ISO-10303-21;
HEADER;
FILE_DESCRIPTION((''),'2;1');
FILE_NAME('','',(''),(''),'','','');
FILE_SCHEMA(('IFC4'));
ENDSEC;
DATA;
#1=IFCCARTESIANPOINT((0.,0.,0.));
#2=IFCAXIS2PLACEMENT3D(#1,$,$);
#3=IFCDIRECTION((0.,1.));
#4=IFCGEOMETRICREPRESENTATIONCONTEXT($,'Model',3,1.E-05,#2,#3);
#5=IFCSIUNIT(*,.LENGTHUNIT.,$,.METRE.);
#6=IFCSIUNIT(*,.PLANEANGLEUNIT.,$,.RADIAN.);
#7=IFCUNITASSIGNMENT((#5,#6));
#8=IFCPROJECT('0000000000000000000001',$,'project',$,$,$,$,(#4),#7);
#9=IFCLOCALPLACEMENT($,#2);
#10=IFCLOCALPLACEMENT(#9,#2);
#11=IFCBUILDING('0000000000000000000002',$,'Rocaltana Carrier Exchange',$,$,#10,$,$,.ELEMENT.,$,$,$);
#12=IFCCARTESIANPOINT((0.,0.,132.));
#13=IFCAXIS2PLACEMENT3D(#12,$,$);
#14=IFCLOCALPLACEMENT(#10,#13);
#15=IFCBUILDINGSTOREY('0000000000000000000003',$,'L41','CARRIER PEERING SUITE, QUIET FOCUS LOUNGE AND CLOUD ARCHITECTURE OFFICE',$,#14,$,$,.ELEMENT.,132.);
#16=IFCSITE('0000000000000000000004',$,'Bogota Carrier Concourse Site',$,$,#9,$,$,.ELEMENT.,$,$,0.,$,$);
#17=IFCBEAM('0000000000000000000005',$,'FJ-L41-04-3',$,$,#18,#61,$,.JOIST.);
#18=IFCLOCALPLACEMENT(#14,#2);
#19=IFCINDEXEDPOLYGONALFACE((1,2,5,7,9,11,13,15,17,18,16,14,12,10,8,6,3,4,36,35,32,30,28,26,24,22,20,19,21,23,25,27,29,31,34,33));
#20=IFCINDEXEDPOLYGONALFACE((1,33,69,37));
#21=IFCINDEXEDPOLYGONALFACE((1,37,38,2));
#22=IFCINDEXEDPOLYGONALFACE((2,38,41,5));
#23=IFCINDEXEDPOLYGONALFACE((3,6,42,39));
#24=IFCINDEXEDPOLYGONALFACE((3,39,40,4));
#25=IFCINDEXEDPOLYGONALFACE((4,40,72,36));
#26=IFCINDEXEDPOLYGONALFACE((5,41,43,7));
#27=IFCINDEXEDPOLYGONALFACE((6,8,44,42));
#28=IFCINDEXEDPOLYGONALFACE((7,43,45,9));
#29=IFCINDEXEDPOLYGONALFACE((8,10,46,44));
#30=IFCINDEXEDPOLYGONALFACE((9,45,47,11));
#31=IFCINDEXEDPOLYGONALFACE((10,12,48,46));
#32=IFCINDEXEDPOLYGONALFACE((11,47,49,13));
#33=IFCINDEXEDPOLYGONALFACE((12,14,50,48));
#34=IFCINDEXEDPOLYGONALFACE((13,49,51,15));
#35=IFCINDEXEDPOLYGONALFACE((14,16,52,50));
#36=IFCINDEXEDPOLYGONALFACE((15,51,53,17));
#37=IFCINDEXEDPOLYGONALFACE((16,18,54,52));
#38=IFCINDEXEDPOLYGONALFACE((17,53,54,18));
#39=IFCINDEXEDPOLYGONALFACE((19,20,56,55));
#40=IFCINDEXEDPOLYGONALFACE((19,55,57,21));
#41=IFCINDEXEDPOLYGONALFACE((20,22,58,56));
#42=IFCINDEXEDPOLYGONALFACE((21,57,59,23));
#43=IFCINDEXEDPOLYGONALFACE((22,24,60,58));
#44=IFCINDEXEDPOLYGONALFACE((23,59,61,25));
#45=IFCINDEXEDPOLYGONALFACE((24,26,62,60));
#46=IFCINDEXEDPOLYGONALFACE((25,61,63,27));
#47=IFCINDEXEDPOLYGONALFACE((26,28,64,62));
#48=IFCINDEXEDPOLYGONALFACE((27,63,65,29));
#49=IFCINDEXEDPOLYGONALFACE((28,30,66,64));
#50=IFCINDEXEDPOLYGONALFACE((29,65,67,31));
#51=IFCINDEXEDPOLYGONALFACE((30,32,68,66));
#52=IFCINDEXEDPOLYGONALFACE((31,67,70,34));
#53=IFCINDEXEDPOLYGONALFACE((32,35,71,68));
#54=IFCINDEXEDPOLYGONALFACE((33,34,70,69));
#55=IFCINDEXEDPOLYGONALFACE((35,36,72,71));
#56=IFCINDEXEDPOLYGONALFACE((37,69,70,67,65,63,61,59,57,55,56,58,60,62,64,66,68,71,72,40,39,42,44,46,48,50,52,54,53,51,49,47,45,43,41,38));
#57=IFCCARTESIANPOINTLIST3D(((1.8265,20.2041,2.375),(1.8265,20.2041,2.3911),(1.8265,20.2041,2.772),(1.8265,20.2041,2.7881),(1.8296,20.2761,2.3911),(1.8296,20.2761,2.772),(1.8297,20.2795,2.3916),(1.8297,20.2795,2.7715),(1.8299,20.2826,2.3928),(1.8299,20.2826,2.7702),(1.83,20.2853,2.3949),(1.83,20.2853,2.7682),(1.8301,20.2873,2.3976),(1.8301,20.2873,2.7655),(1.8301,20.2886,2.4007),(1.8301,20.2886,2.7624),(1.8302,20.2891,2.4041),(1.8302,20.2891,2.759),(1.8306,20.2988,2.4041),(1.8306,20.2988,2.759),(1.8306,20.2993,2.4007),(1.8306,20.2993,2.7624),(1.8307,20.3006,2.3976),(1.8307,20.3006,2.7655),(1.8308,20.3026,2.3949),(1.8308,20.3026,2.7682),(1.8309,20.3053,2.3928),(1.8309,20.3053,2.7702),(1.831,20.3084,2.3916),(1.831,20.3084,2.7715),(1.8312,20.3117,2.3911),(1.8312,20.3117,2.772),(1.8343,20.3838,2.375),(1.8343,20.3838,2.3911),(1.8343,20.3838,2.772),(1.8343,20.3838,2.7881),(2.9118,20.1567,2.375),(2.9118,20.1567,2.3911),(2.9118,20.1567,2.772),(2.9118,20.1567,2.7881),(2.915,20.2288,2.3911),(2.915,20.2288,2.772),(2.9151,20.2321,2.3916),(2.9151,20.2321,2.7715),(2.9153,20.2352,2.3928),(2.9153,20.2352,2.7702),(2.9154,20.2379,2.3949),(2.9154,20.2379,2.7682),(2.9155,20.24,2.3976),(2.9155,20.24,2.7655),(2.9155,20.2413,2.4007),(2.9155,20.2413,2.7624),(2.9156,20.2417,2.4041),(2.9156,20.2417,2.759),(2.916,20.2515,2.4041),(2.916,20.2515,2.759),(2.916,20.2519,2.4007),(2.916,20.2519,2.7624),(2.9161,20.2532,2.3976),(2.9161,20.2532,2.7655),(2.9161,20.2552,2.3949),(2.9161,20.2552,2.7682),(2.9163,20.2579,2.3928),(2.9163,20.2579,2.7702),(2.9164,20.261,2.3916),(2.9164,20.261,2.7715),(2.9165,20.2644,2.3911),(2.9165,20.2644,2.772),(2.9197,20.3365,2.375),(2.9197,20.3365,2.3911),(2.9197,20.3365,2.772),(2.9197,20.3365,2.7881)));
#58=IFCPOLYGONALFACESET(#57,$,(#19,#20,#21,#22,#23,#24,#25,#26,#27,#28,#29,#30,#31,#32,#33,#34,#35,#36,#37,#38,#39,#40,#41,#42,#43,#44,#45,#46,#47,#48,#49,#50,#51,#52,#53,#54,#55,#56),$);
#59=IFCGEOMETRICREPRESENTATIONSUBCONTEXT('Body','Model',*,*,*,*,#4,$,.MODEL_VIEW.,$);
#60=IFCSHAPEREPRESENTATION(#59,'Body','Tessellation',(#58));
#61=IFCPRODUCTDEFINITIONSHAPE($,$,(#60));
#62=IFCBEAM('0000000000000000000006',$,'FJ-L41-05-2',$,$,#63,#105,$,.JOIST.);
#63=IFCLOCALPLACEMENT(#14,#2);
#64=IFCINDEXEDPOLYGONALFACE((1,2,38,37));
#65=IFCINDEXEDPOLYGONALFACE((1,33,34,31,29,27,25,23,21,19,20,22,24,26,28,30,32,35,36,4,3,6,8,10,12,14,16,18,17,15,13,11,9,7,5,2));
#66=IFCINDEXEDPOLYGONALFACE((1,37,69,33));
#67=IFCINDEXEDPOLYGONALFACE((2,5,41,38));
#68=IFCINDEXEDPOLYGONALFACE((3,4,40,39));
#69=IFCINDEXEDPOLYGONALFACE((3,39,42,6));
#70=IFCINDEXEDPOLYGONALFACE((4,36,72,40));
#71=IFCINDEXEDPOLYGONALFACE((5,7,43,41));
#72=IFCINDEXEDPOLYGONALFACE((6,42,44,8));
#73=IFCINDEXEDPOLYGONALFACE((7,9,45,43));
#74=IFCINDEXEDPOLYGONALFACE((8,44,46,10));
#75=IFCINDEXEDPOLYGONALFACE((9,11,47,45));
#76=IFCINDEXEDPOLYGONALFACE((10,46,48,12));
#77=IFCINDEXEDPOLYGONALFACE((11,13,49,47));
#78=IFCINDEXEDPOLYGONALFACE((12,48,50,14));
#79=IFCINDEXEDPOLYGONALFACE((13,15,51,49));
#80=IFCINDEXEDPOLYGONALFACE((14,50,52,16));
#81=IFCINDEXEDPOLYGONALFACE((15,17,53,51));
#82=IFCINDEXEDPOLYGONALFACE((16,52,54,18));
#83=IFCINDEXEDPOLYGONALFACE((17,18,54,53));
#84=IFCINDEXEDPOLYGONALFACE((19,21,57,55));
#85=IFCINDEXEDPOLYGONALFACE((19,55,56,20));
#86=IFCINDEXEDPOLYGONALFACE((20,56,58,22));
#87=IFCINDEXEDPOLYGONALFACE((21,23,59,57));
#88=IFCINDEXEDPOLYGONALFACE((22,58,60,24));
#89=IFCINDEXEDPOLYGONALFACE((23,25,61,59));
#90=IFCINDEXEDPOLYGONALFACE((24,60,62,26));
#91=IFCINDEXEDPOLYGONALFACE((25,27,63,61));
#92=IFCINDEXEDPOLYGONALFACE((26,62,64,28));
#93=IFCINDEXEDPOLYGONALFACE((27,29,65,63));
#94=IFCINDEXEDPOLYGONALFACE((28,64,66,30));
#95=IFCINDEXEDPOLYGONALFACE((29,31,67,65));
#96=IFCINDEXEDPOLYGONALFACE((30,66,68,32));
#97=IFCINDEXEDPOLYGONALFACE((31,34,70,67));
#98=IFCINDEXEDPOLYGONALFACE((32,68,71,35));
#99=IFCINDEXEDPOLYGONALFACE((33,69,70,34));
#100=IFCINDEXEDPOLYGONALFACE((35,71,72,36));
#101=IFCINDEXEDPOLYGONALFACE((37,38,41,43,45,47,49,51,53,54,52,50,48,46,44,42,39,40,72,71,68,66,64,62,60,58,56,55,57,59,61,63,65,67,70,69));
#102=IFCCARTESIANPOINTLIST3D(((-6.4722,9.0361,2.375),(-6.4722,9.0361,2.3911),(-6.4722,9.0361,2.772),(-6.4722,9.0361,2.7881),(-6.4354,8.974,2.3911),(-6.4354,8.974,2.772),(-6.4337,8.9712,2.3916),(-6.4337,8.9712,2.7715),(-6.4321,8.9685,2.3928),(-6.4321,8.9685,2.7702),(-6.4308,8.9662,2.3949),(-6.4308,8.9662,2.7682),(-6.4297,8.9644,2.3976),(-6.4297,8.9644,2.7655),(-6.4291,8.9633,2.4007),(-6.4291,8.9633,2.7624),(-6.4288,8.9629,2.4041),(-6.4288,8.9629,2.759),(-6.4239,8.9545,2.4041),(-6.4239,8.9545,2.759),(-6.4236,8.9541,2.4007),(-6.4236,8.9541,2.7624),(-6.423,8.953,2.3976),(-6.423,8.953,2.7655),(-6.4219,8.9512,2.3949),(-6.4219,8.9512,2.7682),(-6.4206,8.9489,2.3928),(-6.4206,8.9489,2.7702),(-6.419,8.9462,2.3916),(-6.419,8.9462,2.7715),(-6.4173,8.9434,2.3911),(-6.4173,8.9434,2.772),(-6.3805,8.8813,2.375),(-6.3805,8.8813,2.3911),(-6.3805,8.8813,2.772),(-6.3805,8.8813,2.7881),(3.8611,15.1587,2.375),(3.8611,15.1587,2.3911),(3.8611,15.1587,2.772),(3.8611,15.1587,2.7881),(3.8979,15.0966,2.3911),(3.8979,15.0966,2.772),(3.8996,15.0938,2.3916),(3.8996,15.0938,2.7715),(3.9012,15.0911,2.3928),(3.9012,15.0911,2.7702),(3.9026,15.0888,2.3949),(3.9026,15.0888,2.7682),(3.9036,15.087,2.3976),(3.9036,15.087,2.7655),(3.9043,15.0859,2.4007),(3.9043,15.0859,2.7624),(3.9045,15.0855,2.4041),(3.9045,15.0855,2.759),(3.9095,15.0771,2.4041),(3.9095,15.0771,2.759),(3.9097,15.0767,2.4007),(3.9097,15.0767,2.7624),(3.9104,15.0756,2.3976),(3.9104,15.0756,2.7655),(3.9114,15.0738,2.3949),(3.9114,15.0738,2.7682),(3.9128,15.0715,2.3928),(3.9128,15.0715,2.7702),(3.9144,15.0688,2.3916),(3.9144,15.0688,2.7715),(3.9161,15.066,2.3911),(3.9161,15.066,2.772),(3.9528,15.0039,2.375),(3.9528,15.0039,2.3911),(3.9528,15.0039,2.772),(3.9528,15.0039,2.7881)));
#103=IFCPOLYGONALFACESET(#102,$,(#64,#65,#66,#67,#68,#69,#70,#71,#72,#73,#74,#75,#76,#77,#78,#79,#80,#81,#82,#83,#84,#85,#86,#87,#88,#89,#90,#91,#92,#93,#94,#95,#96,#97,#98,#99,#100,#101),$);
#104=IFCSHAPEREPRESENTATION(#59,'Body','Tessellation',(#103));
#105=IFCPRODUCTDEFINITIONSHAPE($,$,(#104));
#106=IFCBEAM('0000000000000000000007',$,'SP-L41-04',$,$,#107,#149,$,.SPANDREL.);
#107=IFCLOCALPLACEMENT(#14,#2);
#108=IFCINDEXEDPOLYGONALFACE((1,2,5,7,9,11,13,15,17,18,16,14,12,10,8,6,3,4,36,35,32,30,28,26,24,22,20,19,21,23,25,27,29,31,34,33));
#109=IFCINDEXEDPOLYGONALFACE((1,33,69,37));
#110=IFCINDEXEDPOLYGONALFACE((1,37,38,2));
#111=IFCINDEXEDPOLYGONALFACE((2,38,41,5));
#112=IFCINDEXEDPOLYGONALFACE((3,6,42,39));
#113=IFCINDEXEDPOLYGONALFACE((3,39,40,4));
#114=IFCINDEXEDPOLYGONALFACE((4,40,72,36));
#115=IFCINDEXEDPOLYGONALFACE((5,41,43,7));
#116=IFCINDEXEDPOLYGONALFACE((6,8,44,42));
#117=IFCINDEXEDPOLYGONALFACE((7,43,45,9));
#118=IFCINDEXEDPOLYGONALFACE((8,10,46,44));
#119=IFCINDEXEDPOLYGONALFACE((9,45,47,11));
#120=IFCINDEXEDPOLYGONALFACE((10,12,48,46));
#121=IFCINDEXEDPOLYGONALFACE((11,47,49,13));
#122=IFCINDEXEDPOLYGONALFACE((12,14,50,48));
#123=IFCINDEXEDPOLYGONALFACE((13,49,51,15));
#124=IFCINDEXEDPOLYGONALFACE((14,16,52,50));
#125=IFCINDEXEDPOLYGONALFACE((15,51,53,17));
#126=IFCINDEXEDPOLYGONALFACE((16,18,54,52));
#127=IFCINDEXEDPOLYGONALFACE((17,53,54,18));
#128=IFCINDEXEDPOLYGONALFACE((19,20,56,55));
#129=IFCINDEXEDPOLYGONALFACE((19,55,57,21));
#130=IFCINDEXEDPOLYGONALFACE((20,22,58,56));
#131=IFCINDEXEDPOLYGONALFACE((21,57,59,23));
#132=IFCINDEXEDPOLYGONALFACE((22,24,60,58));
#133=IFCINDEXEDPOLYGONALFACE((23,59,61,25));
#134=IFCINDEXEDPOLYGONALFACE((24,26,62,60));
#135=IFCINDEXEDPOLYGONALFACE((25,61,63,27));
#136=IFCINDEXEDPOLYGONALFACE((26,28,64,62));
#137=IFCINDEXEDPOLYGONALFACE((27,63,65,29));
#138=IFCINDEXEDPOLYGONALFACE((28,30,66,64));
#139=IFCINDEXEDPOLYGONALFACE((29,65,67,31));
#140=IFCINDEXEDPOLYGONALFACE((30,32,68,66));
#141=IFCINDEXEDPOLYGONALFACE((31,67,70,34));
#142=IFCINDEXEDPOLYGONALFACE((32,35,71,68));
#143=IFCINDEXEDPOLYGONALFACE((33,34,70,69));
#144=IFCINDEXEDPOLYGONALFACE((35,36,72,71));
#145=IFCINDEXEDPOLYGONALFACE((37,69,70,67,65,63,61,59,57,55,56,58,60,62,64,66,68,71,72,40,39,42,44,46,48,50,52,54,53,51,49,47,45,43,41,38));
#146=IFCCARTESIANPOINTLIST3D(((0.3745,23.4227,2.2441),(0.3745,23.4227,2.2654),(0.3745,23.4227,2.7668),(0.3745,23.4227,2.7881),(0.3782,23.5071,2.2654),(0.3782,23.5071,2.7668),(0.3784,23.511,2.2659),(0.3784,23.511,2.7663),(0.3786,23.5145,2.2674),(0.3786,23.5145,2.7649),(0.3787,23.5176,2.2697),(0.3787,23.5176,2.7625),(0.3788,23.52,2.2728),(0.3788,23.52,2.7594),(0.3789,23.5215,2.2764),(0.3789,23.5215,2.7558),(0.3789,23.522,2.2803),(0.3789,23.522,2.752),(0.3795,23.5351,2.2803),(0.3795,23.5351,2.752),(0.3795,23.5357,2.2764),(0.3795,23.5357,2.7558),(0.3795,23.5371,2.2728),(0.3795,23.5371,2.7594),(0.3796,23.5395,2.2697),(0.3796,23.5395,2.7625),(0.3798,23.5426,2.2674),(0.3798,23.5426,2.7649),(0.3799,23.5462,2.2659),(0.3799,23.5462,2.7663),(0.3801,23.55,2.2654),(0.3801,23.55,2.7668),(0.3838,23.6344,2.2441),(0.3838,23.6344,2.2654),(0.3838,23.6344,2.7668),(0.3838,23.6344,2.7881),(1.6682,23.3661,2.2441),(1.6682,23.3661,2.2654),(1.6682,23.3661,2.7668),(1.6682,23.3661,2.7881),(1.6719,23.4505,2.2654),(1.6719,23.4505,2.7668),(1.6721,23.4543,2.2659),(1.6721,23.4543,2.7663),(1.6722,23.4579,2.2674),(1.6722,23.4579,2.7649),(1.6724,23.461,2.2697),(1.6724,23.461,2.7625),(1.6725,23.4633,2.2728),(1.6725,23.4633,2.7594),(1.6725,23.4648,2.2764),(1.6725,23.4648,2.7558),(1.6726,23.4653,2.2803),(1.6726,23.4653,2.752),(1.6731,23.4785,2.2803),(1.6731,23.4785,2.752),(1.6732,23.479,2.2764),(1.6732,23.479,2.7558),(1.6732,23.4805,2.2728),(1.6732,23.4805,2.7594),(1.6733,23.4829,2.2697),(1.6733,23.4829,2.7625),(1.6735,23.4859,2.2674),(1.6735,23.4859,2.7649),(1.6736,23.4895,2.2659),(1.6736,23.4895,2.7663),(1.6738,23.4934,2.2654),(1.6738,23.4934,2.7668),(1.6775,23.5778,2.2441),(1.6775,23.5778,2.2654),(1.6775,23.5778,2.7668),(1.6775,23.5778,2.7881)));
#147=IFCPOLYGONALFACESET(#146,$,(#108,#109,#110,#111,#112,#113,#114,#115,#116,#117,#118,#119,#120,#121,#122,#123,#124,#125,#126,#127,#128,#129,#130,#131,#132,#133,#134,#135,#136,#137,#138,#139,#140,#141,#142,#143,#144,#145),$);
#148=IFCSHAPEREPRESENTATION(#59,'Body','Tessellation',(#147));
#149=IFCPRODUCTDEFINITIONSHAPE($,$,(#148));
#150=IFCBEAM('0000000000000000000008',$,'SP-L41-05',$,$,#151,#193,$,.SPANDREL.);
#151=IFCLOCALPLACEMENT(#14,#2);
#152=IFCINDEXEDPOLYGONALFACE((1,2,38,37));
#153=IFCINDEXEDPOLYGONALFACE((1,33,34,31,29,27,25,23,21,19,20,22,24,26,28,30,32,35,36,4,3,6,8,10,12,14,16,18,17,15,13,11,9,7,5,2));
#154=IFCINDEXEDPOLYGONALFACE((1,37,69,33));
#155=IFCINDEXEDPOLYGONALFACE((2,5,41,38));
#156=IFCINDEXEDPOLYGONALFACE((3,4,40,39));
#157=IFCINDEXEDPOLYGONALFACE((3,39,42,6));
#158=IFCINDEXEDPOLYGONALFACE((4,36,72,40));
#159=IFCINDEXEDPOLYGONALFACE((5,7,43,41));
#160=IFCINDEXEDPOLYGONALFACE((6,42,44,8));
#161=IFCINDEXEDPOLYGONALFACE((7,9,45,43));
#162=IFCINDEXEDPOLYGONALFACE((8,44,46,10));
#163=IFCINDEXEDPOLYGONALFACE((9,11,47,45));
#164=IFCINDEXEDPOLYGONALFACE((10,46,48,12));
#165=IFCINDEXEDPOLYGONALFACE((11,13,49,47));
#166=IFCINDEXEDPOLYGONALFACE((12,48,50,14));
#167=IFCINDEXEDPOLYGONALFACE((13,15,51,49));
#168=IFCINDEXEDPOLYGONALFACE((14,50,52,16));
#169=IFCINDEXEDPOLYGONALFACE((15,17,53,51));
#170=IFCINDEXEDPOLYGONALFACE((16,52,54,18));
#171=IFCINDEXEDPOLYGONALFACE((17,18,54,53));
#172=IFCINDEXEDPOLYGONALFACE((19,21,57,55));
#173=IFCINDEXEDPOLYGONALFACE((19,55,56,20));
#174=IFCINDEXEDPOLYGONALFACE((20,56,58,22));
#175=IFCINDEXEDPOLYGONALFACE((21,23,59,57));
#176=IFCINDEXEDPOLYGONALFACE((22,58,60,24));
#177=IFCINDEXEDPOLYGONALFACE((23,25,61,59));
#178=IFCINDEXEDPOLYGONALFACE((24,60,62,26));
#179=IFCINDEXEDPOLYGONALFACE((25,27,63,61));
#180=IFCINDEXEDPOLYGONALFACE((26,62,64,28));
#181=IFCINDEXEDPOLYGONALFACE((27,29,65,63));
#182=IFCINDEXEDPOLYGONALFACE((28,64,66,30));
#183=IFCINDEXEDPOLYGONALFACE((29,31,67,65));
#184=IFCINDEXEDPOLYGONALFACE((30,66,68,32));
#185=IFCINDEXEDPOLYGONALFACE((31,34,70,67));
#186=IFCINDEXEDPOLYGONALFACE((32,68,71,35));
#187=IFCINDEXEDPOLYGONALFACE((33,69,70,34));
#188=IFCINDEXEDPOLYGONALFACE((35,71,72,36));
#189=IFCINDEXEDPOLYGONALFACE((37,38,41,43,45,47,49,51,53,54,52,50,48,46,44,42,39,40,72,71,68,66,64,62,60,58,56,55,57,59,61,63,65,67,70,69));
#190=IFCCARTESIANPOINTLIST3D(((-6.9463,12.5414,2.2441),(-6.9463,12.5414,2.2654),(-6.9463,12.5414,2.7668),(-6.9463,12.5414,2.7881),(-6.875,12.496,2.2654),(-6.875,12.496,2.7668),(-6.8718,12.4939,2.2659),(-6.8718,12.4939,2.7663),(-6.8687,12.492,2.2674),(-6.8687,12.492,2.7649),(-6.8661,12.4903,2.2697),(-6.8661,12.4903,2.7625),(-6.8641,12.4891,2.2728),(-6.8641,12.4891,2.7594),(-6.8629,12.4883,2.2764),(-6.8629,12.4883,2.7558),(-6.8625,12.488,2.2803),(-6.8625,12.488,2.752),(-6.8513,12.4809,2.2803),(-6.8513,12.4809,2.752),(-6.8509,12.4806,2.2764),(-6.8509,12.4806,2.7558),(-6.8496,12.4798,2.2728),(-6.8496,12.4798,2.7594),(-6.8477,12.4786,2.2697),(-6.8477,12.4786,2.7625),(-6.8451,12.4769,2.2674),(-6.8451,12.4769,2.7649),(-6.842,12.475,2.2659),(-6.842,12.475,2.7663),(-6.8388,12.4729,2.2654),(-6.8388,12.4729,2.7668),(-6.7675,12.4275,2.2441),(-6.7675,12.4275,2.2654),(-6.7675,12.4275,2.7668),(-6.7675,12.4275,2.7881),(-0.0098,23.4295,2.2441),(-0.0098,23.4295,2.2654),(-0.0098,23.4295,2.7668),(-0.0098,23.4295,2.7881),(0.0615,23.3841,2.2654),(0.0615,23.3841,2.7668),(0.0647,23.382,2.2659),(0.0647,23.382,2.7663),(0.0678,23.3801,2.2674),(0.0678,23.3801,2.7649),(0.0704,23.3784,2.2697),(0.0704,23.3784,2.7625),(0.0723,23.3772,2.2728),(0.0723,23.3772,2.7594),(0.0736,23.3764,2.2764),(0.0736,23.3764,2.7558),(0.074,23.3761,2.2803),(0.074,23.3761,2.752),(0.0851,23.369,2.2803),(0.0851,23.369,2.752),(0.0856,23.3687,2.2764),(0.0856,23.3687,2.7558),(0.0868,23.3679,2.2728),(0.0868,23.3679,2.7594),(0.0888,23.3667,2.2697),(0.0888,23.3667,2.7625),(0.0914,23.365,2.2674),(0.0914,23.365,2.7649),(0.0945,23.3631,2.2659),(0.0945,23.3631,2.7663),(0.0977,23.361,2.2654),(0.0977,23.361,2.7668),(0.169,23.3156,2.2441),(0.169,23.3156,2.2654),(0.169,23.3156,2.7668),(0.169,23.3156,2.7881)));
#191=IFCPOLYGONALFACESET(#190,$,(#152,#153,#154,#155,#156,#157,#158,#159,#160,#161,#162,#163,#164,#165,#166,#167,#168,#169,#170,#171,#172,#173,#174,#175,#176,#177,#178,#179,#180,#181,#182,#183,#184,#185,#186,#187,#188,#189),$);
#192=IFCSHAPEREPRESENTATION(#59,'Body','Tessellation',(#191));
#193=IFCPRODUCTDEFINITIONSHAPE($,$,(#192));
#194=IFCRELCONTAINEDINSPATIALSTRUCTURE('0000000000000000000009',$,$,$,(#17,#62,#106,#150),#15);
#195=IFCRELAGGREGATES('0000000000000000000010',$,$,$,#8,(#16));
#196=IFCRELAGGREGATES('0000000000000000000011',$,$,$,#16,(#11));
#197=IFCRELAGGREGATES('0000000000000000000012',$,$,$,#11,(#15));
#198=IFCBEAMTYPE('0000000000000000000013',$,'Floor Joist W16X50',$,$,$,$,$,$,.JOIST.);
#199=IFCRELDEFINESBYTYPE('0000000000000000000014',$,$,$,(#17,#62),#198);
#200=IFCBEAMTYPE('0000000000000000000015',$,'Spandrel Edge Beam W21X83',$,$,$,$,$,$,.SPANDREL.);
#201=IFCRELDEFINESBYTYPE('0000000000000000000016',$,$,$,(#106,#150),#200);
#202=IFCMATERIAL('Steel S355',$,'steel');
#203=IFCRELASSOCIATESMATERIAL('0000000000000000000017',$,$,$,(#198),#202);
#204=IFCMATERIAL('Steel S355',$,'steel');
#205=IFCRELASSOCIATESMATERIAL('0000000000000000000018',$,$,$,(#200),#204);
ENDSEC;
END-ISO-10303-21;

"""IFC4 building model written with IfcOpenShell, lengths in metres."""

from ifc_helpers import new_model, si_unit, direction, frame, origin, origin_2d, place, context, subcontext, project, spatial, i_section, extrude, material, material_profile, profile_set, type_object, element, save


model = new_model("IFC4")

# Units and contexts
model_context = context("Model", 3, precision=1e-05, world=origin(), true_north=direction((0.0, 1.0)))
body_context = subcontext(model_context, "Body", "Model", "MODEL_VIEW")
ifc_project = project(units=[si_unit("LENGTHUNIT", "METRE"), si_unit("PLANEANGLEUNIT", "RADIAN")], contexts=[model_context])

# Site, building, storey
site_placement = place(None, origin())
site = spatial("IfcSite", under=ifc_project, at=site_placement, Name="Bogota Carrier Concourse Site", CompositionType="ELEMENT", RefElevation=0.0)
building_placement = place(site_placement, origin())
building = spatial("IfcBuilding", under=site, at=building_placement, Name="Rocaltana Carrier Exchange", CompositionType="ELEMENT")
storey_placement = place(building_placement, frame((0.0, 0.0, 132.0)))
storey = spatial("IfcBuildingStorey", under=building, at=storey_placement, Name="L41", Description="CARRIER PEERING SUITE, QUIET FOCUS LOUNGE AND CLOUD ARCHITECTURE OFFICE", CompositionType="ELEMENT", Elevation=132.0)

# Beams
ifc_material_1 = material(Name="Steel S355", Category="steel")
ifc_material_profile_1 = material_profile(ifc_material_1, i_section(OverallWidth=0.1799, OverallDepth=0.4131, WebThickness=0.0098, FlangeThickness=0.0161, FilletRadius=0.0129, at=origin_2d()), Name="W16X50")
ifc_profile_set_1 = profile_set([ifc_material_profile_1], Name="Steel S355")
beam_type_1 = type_object("IfcBeamType", Name="Floor Joist W16X50", PredefinedType="JOIST", material=ifc_profile_set_1)
beam_1_placement = place(storey_placement, frame((2.9158, 20.2466, 2.5815), z_axis=(-0.999049, 0.043593, 0.0), x_axis=(-0.043593, -0.999049, 0.0)))
element("IfcBeam", 1, at=beam_1_placement, inside=storey, type_object=beam_type_1, Name="FJ-L41-04-3", PredefinedType="JOIST", context=body_context, shape_type="SweptSolid", body=[
    extrude(i_section(OverallWidth=0.1799, OverallDepth=0.4131, WebThickness=0.0098, FlangeThickness=0.0161, FilletRadius=0.0129, at=origin_2d()), origin(), (0.0, 0.0, 1.0), 1.0864),
])
beam_2_placement = place(storey_placement, frame((3.907, 15.0813, 2.5815), z_axis=(-0.860323, -0.50975, 0.0), x_axis=(0.50975, -0.860323, 0.0)))
element("IfcBeam", 2, at=beam_2_placement, inside=storey, type_object=beam_type_1, Name="FJ-L41-05-2", PredefinedType="JOIST", context=body_context, shape_type="SweptSolid", body=[
    extrude(i_section(OverallWidth=0.1799, OverallDepth=0.4131, WebThickness=0.0098, FlangeThickness=0.0161, FilletRadius=0.0129, at=origin_2d()), origin(), (0.0, 0.0, 1.0), 12.011),
])
ifc_material_2 = material(Name="Steel S355", Category="steel")
ifc_material_profile_2 = material_profile(ifc_material_2, i_section(OverallWidth=0.2119, OverallDepth=0.5439, WebThickness=0.0132, FlangeThickness=0.0212, FilletRadius=0.0149, at=origin_2d()), Name="W21X83")
ifc_profile_set_2 = profile_set([ifc_material_profile_2], Name="Steel S355")
beam_type_2 = type_object("IfcBeamType", Name="Spandrel Edge Beam W21X83", PredefinedType="SPANDREL", material=ifc_profile_set_2)
beam_3_placement = place(storey_placement, frame((1.6729, 23.4719, 2.5161), z_axis=(-0.999043, 0.04374, 0.0), x_axis=(-0.04374, -0.999043, 0.0)))
element("IfcBeam", 3, at=beam_3_placement, inside=storey, type_object=beam_type_2, Name="SP-L41-04", PredefinedType="SPANDREL", context=body_context, shape_type="SweptSolid", body=[
    extrude(i_section(OverallWidth=0.2119, OverallDepth=0.5439, WebThickness=0.0132, FlangeThickness=0.0212, FilletRadius=0.0149, at=origin_2d()), origin(), (0.0, 0.0, 1.0), 1.2949),
])
beam_4_placement = place(storey_placement, frame((0.0796, 23.3726, 2.5161), z_axis=(-0.537299, -0.843392, 0.0), x_axis=(0.843392, -0.537299, 0.0)))
element("IfcBeam", 4, at=beam_4_placement, inside=storey, type_object=beam_type_2, Name="SP-L41-05", PredefinedType="SPANDREL", context=body_context, shape_type="SweptSolid", body=[
    extrude(i_section(OverallWidth=0.2119, OverallDepth=0.5439, WebThickness=0.0132, FlangeThickness=0.0212, FilletRadius=0.0149, at=origin_2d()), origin(), (0.0, 0.0, 1.0), 12.9099),
])

save(model, "model.ifc")
